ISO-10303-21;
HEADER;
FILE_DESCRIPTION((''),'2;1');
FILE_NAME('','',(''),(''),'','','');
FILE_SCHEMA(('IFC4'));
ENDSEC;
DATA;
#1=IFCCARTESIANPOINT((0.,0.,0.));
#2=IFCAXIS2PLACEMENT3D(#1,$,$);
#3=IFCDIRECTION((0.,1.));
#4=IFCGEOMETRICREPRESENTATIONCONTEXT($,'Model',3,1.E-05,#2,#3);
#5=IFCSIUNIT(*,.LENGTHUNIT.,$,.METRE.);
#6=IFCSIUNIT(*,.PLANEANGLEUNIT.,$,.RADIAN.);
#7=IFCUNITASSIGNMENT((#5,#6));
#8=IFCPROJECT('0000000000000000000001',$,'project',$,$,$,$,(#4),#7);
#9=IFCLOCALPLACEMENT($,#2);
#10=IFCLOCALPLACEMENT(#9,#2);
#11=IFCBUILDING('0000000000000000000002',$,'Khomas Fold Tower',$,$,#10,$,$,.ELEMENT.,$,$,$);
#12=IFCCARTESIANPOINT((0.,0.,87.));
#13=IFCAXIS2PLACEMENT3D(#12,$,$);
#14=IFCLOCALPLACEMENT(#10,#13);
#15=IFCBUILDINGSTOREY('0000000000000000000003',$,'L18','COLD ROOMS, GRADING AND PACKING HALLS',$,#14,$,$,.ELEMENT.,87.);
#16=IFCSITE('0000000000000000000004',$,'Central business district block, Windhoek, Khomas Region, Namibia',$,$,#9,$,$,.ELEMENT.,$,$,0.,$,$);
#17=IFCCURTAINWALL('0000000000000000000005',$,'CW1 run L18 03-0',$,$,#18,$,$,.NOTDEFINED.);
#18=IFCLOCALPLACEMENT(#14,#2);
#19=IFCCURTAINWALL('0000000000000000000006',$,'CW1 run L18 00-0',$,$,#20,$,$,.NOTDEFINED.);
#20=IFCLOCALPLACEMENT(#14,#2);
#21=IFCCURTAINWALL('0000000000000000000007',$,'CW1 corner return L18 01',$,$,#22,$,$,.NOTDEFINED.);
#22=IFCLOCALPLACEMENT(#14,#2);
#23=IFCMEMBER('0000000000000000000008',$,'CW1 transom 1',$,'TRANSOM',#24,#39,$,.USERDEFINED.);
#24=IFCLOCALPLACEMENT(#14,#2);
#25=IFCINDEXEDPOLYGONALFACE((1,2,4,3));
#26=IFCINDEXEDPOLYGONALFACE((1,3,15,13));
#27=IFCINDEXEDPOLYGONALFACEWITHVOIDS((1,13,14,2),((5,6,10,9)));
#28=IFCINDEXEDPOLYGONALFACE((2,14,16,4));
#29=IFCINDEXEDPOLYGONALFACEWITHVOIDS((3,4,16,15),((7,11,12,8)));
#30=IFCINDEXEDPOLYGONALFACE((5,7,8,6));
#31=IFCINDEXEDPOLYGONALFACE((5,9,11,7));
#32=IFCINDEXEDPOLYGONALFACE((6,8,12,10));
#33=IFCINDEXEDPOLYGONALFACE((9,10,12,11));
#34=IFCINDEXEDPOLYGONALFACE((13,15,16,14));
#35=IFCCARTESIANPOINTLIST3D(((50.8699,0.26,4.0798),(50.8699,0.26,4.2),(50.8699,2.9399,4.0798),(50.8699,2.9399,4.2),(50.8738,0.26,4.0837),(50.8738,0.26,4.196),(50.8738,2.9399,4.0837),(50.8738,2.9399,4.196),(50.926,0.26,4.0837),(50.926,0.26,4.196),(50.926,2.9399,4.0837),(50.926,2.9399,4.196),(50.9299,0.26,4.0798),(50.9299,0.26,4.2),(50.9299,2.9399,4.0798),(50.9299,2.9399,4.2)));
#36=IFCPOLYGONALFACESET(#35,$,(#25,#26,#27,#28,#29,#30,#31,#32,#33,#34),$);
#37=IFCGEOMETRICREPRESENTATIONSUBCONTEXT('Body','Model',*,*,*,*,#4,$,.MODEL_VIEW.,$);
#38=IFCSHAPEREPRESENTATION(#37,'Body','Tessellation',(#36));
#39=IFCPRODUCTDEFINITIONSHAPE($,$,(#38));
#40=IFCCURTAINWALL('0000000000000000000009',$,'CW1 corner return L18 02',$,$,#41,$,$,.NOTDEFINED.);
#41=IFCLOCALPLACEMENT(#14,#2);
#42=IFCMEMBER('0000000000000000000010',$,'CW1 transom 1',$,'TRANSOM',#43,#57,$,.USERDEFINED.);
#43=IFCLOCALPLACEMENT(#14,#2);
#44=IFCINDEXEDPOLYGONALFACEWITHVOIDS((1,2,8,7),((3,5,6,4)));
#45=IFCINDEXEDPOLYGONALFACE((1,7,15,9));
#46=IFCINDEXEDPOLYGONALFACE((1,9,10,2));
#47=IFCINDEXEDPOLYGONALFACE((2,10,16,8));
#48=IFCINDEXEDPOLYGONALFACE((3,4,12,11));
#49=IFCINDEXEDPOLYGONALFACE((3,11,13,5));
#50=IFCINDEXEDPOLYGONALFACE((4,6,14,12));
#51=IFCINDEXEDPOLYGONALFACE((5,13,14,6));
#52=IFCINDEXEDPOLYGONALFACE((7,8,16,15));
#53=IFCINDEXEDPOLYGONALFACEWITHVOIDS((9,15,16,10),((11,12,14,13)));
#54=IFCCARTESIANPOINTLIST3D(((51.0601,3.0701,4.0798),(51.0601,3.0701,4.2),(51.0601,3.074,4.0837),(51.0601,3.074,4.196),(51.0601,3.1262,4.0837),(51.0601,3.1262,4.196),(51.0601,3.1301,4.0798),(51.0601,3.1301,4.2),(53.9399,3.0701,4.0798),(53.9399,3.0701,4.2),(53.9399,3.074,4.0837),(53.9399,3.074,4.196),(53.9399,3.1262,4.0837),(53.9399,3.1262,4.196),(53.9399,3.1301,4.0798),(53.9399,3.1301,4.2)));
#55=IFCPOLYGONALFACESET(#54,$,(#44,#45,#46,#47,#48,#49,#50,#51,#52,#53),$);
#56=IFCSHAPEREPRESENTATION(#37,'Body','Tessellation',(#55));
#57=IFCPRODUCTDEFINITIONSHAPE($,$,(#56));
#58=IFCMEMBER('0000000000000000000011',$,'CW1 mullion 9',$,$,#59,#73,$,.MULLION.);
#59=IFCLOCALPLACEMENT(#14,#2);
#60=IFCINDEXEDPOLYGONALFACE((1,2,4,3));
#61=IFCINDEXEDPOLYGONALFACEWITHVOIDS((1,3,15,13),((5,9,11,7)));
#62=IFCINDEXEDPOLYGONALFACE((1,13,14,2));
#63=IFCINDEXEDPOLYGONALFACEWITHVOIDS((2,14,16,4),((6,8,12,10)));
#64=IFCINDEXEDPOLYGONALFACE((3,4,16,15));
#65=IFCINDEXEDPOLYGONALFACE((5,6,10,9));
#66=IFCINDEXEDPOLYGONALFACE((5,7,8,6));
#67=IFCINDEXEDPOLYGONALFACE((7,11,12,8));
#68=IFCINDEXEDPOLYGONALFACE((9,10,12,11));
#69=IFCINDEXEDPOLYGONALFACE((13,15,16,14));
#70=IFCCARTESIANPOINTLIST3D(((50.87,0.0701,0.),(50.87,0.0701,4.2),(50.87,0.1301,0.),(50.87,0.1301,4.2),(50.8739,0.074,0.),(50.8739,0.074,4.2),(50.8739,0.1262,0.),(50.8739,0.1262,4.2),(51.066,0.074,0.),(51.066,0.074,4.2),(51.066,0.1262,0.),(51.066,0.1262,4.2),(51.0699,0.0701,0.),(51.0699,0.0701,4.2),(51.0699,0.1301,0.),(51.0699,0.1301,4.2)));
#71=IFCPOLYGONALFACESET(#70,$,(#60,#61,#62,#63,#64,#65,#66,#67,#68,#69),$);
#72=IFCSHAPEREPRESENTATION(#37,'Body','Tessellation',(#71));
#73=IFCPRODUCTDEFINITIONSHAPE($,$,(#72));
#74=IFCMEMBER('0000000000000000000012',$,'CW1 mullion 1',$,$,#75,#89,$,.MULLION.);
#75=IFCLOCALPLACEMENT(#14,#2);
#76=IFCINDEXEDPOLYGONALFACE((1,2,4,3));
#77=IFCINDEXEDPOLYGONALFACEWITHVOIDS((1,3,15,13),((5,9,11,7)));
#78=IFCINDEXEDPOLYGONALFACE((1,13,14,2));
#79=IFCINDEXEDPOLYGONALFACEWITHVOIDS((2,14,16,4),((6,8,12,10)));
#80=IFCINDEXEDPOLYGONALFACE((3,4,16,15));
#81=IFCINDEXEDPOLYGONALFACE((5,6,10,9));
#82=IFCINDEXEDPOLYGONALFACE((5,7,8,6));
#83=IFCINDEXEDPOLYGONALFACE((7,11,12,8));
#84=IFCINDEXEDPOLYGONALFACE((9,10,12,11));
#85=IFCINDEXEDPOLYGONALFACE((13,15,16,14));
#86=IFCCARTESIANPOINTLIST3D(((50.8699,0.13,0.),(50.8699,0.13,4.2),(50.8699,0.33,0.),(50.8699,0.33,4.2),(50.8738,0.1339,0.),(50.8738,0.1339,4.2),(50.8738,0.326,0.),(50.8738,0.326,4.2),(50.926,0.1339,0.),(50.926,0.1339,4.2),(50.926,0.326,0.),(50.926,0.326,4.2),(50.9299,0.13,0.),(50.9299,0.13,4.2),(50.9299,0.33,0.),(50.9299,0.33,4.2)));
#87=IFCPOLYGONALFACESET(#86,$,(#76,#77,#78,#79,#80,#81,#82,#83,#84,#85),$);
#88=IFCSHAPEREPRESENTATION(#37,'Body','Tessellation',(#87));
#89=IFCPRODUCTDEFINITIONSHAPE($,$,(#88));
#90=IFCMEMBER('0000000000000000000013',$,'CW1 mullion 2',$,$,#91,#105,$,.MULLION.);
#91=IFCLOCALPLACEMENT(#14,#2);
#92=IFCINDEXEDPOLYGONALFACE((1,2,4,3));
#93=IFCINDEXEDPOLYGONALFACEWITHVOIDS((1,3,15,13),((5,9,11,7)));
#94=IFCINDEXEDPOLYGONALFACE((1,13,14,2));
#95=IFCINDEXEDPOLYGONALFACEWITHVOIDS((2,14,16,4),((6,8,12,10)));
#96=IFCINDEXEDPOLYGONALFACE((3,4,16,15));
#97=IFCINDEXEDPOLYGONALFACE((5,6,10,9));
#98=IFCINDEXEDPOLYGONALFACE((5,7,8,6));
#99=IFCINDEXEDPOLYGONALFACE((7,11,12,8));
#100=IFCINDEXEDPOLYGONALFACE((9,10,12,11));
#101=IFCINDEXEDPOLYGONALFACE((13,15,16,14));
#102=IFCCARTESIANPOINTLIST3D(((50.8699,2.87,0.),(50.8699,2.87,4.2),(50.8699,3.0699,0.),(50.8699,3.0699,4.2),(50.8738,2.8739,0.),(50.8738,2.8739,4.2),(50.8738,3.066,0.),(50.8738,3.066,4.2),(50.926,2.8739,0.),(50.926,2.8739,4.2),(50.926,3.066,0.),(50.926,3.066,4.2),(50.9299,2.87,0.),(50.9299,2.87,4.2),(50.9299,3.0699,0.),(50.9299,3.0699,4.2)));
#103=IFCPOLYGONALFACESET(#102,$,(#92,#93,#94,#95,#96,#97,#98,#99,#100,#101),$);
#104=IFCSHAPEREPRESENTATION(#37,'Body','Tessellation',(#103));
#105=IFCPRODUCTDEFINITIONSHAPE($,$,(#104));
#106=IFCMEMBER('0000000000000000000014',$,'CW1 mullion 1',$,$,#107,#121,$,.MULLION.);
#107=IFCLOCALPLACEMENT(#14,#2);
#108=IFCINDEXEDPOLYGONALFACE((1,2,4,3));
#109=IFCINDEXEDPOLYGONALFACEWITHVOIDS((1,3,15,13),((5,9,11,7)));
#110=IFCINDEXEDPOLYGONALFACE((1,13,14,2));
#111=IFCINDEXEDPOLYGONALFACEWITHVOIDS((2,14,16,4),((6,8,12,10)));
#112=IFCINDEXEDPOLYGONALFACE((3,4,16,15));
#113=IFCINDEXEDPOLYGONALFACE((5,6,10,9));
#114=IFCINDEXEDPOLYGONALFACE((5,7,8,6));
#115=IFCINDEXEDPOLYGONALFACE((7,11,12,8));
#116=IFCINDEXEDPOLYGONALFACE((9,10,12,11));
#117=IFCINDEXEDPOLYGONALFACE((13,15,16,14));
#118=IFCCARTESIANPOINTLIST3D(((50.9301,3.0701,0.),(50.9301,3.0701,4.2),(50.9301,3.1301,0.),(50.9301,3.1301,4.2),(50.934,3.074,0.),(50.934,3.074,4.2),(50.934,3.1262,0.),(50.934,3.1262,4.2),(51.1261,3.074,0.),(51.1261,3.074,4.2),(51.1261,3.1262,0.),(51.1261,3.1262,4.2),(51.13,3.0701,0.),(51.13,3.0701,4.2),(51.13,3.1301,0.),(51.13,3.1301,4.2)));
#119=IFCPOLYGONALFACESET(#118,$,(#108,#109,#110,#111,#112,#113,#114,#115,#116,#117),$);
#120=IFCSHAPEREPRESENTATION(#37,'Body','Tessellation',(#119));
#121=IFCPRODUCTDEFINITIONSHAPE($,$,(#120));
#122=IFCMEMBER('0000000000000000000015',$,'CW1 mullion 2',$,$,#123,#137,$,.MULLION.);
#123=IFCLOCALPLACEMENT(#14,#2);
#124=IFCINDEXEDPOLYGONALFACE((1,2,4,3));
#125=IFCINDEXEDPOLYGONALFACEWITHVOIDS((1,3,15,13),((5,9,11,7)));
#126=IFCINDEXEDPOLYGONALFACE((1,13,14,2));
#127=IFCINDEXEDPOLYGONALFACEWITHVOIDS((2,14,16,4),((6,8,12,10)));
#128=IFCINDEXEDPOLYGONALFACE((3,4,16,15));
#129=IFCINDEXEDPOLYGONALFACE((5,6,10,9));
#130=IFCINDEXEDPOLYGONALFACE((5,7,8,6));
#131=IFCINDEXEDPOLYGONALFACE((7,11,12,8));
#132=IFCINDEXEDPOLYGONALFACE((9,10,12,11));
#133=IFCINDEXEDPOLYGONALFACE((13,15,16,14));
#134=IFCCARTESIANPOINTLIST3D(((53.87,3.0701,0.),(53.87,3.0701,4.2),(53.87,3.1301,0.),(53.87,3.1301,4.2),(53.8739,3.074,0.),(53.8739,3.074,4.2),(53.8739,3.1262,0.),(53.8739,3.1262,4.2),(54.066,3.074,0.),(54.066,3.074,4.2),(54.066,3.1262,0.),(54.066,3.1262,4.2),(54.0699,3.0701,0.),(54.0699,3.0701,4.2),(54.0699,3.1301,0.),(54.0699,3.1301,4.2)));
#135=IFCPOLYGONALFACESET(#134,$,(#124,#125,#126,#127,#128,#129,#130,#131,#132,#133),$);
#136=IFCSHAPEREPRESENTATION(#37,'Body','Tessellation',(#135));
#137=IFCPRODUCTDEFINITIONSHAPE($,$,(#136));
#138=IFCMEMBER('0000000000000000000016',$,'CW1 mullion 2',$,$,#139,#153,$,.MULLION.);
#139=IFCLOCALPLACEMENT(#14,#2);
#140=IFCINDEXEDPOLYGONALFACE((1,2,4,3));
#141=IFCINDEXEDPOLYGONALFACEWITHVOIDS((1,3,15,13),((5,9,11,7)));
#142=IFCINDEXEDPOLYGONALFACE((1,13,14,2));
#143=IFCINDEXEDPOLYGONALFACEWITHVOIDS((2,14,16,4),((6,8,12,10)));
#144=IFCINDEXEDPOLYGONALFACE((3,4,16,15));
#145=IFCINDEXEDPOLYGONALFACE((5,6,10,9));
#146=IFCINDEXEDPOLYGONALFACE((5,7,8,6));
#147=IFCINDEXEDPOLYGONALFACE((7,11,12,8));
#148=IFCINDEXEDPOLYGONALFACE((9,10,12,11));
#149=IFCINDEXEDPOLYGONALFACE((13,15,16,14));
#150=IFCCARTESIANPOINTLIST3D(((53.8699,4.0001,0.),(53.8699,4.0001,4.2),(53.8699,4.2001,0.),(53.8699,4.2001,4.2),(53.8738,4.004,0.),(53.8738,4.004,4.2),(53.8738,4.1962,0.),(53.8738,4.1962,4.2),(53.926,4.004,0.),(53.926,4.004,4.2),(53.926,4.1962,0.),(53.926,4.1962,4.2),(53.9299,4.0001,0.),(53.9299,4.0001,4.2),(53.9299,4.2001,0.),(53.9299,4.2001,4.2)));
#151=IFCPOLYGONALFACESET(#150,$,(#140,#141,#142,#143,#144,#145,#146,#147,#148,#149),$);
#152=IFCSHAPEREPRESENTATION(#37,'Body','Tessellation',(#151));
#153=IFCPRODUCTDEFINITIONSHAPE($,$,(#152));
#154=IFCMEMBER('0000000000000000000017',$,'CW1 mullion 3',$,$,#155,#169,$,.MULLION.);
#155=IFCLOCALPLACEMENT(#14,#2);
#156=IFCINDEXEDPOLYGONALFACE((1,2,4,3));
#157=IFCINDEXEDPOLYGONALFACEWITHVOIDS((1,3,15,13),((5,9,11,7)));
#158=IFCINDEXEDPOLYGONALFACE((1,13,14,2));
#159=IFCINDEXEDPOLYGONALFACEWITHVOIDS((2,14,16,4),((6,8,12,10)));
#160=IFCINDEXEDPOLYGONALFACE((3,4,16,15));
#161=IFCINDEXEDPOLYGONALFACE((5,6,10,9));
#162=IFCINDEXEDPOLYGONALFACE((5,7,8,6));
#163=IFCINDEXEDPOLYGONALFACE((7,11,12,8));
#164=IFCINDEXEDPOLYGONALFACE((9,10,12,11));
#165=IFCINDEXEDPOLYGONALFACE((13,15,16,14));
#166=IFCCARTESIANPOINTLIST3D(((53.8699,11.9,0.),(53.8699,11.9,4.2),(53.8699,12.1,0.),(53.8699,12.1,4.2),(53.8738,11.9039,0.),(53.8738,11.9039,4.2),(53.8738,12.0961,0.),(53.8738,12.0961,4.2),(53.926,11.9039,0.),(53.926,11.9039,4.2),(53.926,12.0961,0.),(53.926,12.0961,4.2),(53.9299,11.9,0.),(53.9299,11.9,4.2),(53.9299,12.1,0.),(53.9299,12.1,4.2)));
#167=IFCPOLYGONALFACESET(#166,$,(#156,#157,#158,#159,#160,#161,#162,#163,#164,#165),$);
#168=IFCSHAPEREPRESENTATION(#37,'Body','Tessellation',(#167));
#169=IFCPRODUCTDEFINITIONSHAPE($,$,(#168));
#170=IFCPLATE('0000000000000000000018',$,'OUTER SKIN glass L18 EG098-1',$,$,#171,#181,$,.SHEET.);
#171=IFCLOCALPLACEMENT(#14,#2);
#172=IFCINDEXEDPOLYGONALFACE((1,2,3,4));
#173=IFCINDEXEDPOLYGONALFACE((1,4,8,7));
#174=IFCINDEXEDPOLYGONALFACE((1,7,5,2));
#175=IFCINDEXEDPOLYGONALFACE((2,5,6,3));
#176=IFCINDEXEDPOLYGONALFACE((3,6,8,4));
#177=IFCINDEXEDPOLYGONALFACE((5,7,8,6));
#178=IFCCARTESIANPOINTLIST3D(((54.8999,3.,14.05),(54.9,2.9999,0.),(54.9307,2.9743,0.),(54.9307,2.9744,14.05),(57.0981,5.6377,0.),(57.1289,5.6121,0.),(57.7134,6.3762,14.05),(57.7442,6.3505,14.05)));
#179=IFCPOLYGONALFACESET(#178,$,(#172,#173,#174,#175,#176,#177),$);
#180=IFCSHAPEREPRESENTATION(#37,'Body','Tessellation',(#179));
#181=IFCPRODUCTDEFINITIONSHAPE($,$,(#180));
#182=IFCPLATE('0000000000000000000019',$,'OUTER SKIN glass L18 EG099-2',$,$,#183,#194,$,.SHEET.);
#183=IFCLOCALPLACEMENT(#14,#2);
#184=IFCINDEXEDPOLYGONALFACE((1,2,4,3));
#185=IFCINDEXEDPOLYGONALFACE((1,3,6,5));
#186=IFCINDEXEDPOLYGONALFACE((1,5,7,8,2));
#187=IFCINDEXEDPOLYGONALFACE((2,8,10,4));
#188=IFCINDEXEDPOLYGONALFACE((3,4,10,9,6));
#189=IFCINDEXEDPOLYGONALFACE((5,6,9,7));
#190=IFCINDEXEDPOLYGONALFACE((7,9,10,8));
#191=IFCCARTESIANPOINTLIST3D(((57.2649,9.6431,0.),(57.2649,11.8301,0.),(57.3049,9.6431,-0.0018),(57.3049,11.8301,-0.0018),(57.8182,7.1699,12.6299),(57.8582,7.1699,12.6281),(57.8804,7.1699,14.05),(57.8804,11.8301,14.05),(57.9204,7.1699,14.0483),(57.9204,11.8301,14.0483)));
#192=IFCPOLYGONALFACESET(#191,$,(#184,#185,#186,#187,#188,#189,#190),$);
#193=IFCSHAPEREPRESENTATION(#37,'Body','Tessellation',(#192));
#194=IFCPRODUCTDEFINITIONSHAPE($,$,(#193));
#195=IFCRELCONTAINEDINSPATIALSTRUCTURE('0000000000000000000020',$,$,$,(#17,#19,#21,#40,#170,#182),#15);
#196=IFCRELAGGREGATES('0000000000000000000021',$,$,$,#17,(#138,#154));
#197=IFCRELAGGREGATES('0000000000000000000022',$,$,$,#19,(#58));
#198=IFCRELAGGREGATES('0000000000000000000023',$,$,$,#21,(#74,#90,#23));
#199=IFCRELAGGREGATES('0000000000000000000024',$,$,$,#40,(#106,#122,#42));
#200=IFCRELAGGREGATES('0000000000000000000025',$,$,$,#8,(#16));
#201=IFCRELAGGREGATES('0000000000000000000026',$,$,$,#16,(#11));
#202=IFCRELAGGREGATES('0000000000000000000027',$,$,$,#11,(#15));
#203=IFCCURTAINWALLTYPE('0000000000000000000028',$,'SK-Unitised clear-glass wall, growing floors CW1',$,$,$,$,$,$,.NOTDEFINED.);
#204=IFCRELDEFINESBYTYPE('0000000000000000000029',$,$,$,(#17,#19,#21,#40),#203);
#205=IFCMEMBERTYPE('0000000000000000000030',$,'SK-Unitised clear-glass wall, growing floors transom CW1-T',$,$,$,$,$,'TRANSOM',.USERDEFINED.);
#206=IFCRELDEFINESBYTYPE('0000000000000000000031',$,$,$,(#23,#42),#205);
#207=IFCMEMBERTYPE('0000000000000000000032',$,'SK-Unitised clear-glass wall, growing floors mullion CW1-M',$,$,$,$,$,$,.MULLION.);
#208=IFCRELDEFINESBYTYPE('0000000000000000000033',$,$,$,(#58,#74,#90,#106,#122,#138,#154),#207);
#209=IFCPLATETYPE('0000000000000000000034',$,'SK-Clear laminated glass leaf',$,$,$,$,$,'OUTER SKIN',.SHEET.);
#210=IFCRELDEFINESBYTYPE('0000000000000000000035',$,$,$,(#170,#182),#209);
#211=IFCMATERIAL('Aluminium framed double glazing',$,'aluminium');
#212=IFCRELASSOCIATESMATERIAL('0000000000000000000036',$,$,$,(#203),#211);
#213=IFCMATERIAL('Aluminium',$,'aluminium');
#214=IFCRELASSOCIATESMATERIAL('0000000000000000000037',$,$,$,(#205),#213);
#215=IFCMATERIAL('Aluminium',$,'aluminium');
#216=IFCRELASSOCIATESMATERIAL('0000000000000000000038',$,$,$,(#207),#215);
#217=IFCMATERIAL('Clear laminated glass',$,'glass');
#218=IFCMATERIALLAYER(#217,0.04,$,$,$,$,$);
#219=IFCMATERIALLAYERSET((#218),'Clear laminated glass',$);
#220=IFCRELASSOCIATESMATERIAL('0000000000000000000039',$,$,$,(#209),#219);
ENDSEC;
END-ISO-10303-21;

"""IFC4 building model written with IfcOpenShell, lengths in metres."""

from ifc_helpers import new_model, si_unit, direction, frame, origin, origin_2d, place, context, subcontext, project, spatial, polyline, hollow_rectangle, outline, extrude, source, transform, mapped, material, layer, layer_set, material_profile, profile_set, type_object, element, aggregate, save


model = new_model("IFC4")

# Units and contexts
model_context = context("Model", 3, precision=1e-05, world=origin(), true_north=direction((0.0, 1.0)))
body_context = subcontext(model_context, "Body", "Model", "MODEL_VIEW")
ifc_project = project(units=[si_unit("LENGTHUNIT", "METRE"), si_unit("PLANEANGLEUNIT", "RADIAN")], contexts=[model_context])

# Site, building, storey
site_placement = place(None, origin())
site = spatial("IfcSite", under=ifc_project, at=site_placement, Name="Central business district block, Windhoek, Khomas Region, Namibia", CompositionType="ELEMENT", RefElevation=0.0)
building_placement = place(site_placement, origin())
building = spatial("IfcBuilding", under=site, at=building_placement, Name="Khomas Fold Tower", CompositionType="ELEMENT")
storey_placement = place(building_placement, frame((0.0, 0.0, 87.0)))
storey = spatial("IfcBuildingStorey", under=building, at=storey_placement, Name="L18", Description="COLD ROOMS, GRADING AND PACKING HALLS", CompositionType="ELEMENT", Elevation=87.0)

# Curtain wall
ifc_material_1 = material(Name="Aluminium framed double glazing", Category="aluminium")
curtain_wall_type = type_object("IfcCurtainWallType", Name="SK-Unitised clear-glass wall, growing floors CW1", PredefinedType="NOTDEFINED", material=ifc_material_1)
curtain_wall_1_placement = place(storey_placement, origin())
curtain_wall_1 = element("IfcCurtainWall", 1, at=curtain_wall_1_placement, inside=storey, type_object=curtain_wall_type, Name="CW1 run L18 03-0", PredefinedType="NOTDEFINED")
ifc_material_2 = material(Name="Aluminium", Category="aluminium")
ifc_material_profile_1 = material_profile(ifc_material_2, hollow_rectangle(XDim=0.0601, YDim=0.1201, WallThickness=0.0039, at=origin_2d()), Name="SK-Unitised clear-glass wall, growing floors transom CW1-T")
ifc_profile_set_1 = profile_set([ifc_material_profile_1], Name="Aluminium")
member_type_1 = type_object("IfcMemberType", Name="SK-Unitised clear-glass wall, growing floors transom CW1-T", ElementType="TRANSOM", PredefinedType="USERDEFINED", material=ifc_profile_set_1)

# Curtain walls, members
curtain_wall_2_placement = place(storey_placement, origin())
curtain_wall_2 = element("IfcCurtainWall", 2, at=curtain_wall_2_placement, inside=storey, type_object=curtain_wall_type, Name="CW1 run L18 00-0", PredefinedType="NOTDEFINED")
curtain_wall_3_placement = place(storey_placement, origin())
curtain_wall_3 = element("IfcCurtainWall", 3, at=curtain_wall_3_placement, inside=storey, type_object=curtain_wall_type, Name="CW1 corner return L18 01", PredefinedType="NOTDEFINED")
shared_shape_1 = source(origin(), body_context, "Body", "SweptSolid", [
    extrude(hollow_rectangle(XDim=0.0601, YDim=0.1201, WallThickness=0.0039, at=origin_2d()), origin(), (0.0, 0.0, 1.0), 2.6799),
])
member_1_placement = place(storey_placement, frame((50.8999, 0.26, 4.1399), z_axis=(0.0, 1.0, 0.0), x_axis=(-1.0, 0.0, 0.0)))
member_1 = element("IfcMember", 4, at=member_1_placement, type_object=member_type_1, Name="CW1 transom 1", ObjectType="TRANSOM", PredefinedType="USERDEFINED", context=body_context, shape_type="MappedRepresentation", body=[
    mapped(shared_shape_1, transform((0.0, 0.0, 0.0))),
])
curtain_wall_4_placement = place(storey_placement, origin())
curtain_wall_4 = element("IfcCurtainWall", 5, at=curtain_wall_4_placement, inside=storey, type_object=curtain_wall_type, Name="CW1 corner return L18 02", PredefinedType="NOTDEFINED")
shared_shape_2 = source(origin(), body_context, "Body", "SweptSolid", [
    extrude(hollow_rectangle(XDim=0.0601, YDim=0.1201, WallThickness=0.0039, at=origin_2d()), origin(), (0.0, 0.0, 1.0), 2.8799),
])
member_2_placement = place(storey_placement, frame((51.0601, 3.1001, 4.1399), z_axis=(1.0, 0.0, 0.0), x_axis=(0.0, 1.0, 0.0)))
member_2 = element("IfcMember", 6, at=member_2_placement, type_object=member_type_1, Name="CW1 transom 1", ObjectType="TRANSOM", PredefinedType="USERDEFINED", context=body_context, shape_type="MappedRepresentation", body=[
    mapped(shared_shape_2, transform((0.0, 0.0, 0.0))),
])

# Members
ifc_material_3 = material(Name="Aluminium", Category="aluminium")
ifc_material_profile_2 = material_profile(ifc_material_3, hollow_rectangle(XDim=0.0601, YDim=0.2, WallThickness=0.0039, at=origin_2d()), Name="SK-Unitised clear-glass wall, growing floors mullion CW1-M")
ifc_profile_set_2 = profile_set([ifc_material_profile_2], Name="Aluminium")
member_type_2 = type_object("IfcMemberType", Name="SK-Unitised clear-glass wall, growing floors mullion CW1-M", PredefinedType="MULLION", material=ifc_profile_set_2)
shared_shape_3 = source(origin(), body_context, "Body", "SweptSolid", [
    extrude(hollow_rectangle(XDim=0.0601, YDim=0.2, WallThickness=0.0039, at=origin_2d()), origin(), (0.0, 0.0, 1.0), 4.2),
])
member_3_placement = place(storey_placement, frame((50.97, 0.1001, 0.0), z_axis=(0.0, 0.0, 1.0), x_axis=(0.0, 1.0, 0.0)))
member_3 = element("IfcMember", 7, at=member_3_placement, type_object=member_type_2, Name="CW1 mullion 9", PredefinedType="MULLION", context=body_context, shape_type="MappedRepresentation", body=[
    mapped(shared_shape_3, transform((0.0, 0.0, 0.0))),
])
member_4_placement = place(storey_placement, frame((50.8999, 0.23, 0.0), z_axis=(0.0, 0.0, 1.0), x_axis=(-1.0, 0.0, 0.0)))
member_4 = element("IfcMember", 8, at=member_4_placement, type_object=member_type_2, Name="CW1 mullion 1", PredefinedType="MULLION", context=body_context, shape_type="MappedRepresentation", body=[
    mapped(shared_shape_3, transform((0.0, 0.0, 0.0))),
])
member_5_placement = place(storey_placement, frame((50.8999, 2.97, 0.0), z_axis=(0.0, 0.0, 1.0), x_axis=(-1.0, 0.0, 0.0)))
member_5 = element("IfcMember", 9, at=member_5_placement, type_object=member_type_2, Name="CW1 mullion 2", PredefinedType="MULLION", context=body_context, shape_type="MappedRepresentation", body=[
    mapped(shared_shape_3, transform((0.0, 0.0, 0.0))),
])
member_6_placement = place(storey_placement, frame((51.03, 3.1001, 0.0), z_axis=(0.0, 0.0, 1.0), x_axis=(0.0, 1.0, 0.0)))
member_6 = element("IfcMember", 10, at=member_6_placement, type_object=member_type_2, Name="CW1 mullion 1", PredefinedType="MULLION", context=body_context, shape_type="MappedRepresentation", body=[
    mapped(shared_shape_3, transform((0.0, 0.0, 0.0))),
])
member_7_placement = place(storey_placement, frame((53.97, 3.1001, 0.0), z_axis=(0.0, 0.0, 1.0), x_axis=(0.0, 1.0, 0.0)))
member_7 = element("IfcMember", 11, at=member_7_placement, type_object=member_type_2, Name="CW1 mullion 2", PredefinedType="MULLION", context=body_context, shape_type="MappedRepresentation", body=[
    mapped(shared_shape_3, transform((0.0, 0.0, 0.0))),
])
member_8_placement = place(storey_placement, frame((53.8999, 4.1001, 0.0), z_axis=(0.0, 0.0, 1.0), x_axis=(-1.0, 0.0, 0.0)))
member_8 = element("IfcMember", 12, at=member_8_placement, type_object=member_type_2, Name="CW1 mullion 2", PredefinedType="MULLION", context=body_context, shape_type="MappedRepresentation", body=[
    mapped(shared_shape_3, transform((0.0, 0.0, 0.0))),
])
member_9_placement = place(storey_placement, frame((53.8999, 12.0, 0.0), z_axis=(0.0, 0.0, 1.0), x_axis=(-1.0, 0.0, 0.0)))
member_9 = element("IfcMember", 13, at=member_9_placement, type_object=member_type_2, Name="CW1 mullion 3", PredefinedType="MULLION", context=body_context, shape_type="MappedRepresentation", body=[
    mapped(shared_shape_3, transform((0.0, 0.0, 0.0))),
])

# Plates
ifc_material_4 = material(Name="Clear laminated glass", Category="glass")
ifc_layer_1 = layer(ifc_material_4, 0.04)
ifc_layer_set_1 = layer_set([ifc_layer_1], Name="Clear laminated glass")
plate_type_1 = type_object("IfcPlateType", Name="SK-Clear laminated glass leaf", ElementType="OUTER SKIN", PredefinedType="SHEET", material=ifc_layer_set_1)
plate_1_placement = place(storey_placement, frame((57.1289, 5.6121, 0.0), z_axis=(0.768214, -0.640194, 0.000006), x_axis=(-0.640194, -0.768214, 0.0)))
element("IfcPlate", 14, at=plate_1_placement, inside=storey, type_object=plate_type_1, Name="OUTER SKIN glass L18 EG098-1", PredefinedType="SHEET", context=body_context, shape_type="SweptSolid", body=[
    extrude(outline(polyline([(0.0, 0.0), (3.4336, 0.0), (3.4336, -14.05), (-0.9612, -14.05), (0.0, 0.0)])), origin(), (0.0, 0.0, -1.0), 0.04),
])
plate_2_placement = place(storey_placement, frame((57.2649, 9.6431, 0.0), z_axis=(-0.999042, 0.000006, 0.043765), x_axis=(0.04295, -0.19199, 0.980457)))
element("IfcPlate", 15, at=plate_2_placement, inside=storey, type_object=plate_type_1, Name="OUTER SKIN glass L18 EG099-2", PredefinedType="SHEET", context=body_context, shape_type="SweptSolid", body=[
    extrude(outline(polyline([(0.0, 0.0), (12.8816, 0.0), (14.2767, 0.2729), (13.382, 4.8464), (-0.4199, 2.1463), (0.0, 0.0)])), origin(), (0.0, 0.0, -1.0), 0.04),
])

aggregate(curtain_wall_1, [member_8, member_9])
aggregate(curtain_wall_2, [member_3])
aggregate(curtain_wall_3, [member_4, member_5, member_1])
aggregate(curtain_wall_4, [member_6, member_7, member_2])

save(model, "model.ifc")
